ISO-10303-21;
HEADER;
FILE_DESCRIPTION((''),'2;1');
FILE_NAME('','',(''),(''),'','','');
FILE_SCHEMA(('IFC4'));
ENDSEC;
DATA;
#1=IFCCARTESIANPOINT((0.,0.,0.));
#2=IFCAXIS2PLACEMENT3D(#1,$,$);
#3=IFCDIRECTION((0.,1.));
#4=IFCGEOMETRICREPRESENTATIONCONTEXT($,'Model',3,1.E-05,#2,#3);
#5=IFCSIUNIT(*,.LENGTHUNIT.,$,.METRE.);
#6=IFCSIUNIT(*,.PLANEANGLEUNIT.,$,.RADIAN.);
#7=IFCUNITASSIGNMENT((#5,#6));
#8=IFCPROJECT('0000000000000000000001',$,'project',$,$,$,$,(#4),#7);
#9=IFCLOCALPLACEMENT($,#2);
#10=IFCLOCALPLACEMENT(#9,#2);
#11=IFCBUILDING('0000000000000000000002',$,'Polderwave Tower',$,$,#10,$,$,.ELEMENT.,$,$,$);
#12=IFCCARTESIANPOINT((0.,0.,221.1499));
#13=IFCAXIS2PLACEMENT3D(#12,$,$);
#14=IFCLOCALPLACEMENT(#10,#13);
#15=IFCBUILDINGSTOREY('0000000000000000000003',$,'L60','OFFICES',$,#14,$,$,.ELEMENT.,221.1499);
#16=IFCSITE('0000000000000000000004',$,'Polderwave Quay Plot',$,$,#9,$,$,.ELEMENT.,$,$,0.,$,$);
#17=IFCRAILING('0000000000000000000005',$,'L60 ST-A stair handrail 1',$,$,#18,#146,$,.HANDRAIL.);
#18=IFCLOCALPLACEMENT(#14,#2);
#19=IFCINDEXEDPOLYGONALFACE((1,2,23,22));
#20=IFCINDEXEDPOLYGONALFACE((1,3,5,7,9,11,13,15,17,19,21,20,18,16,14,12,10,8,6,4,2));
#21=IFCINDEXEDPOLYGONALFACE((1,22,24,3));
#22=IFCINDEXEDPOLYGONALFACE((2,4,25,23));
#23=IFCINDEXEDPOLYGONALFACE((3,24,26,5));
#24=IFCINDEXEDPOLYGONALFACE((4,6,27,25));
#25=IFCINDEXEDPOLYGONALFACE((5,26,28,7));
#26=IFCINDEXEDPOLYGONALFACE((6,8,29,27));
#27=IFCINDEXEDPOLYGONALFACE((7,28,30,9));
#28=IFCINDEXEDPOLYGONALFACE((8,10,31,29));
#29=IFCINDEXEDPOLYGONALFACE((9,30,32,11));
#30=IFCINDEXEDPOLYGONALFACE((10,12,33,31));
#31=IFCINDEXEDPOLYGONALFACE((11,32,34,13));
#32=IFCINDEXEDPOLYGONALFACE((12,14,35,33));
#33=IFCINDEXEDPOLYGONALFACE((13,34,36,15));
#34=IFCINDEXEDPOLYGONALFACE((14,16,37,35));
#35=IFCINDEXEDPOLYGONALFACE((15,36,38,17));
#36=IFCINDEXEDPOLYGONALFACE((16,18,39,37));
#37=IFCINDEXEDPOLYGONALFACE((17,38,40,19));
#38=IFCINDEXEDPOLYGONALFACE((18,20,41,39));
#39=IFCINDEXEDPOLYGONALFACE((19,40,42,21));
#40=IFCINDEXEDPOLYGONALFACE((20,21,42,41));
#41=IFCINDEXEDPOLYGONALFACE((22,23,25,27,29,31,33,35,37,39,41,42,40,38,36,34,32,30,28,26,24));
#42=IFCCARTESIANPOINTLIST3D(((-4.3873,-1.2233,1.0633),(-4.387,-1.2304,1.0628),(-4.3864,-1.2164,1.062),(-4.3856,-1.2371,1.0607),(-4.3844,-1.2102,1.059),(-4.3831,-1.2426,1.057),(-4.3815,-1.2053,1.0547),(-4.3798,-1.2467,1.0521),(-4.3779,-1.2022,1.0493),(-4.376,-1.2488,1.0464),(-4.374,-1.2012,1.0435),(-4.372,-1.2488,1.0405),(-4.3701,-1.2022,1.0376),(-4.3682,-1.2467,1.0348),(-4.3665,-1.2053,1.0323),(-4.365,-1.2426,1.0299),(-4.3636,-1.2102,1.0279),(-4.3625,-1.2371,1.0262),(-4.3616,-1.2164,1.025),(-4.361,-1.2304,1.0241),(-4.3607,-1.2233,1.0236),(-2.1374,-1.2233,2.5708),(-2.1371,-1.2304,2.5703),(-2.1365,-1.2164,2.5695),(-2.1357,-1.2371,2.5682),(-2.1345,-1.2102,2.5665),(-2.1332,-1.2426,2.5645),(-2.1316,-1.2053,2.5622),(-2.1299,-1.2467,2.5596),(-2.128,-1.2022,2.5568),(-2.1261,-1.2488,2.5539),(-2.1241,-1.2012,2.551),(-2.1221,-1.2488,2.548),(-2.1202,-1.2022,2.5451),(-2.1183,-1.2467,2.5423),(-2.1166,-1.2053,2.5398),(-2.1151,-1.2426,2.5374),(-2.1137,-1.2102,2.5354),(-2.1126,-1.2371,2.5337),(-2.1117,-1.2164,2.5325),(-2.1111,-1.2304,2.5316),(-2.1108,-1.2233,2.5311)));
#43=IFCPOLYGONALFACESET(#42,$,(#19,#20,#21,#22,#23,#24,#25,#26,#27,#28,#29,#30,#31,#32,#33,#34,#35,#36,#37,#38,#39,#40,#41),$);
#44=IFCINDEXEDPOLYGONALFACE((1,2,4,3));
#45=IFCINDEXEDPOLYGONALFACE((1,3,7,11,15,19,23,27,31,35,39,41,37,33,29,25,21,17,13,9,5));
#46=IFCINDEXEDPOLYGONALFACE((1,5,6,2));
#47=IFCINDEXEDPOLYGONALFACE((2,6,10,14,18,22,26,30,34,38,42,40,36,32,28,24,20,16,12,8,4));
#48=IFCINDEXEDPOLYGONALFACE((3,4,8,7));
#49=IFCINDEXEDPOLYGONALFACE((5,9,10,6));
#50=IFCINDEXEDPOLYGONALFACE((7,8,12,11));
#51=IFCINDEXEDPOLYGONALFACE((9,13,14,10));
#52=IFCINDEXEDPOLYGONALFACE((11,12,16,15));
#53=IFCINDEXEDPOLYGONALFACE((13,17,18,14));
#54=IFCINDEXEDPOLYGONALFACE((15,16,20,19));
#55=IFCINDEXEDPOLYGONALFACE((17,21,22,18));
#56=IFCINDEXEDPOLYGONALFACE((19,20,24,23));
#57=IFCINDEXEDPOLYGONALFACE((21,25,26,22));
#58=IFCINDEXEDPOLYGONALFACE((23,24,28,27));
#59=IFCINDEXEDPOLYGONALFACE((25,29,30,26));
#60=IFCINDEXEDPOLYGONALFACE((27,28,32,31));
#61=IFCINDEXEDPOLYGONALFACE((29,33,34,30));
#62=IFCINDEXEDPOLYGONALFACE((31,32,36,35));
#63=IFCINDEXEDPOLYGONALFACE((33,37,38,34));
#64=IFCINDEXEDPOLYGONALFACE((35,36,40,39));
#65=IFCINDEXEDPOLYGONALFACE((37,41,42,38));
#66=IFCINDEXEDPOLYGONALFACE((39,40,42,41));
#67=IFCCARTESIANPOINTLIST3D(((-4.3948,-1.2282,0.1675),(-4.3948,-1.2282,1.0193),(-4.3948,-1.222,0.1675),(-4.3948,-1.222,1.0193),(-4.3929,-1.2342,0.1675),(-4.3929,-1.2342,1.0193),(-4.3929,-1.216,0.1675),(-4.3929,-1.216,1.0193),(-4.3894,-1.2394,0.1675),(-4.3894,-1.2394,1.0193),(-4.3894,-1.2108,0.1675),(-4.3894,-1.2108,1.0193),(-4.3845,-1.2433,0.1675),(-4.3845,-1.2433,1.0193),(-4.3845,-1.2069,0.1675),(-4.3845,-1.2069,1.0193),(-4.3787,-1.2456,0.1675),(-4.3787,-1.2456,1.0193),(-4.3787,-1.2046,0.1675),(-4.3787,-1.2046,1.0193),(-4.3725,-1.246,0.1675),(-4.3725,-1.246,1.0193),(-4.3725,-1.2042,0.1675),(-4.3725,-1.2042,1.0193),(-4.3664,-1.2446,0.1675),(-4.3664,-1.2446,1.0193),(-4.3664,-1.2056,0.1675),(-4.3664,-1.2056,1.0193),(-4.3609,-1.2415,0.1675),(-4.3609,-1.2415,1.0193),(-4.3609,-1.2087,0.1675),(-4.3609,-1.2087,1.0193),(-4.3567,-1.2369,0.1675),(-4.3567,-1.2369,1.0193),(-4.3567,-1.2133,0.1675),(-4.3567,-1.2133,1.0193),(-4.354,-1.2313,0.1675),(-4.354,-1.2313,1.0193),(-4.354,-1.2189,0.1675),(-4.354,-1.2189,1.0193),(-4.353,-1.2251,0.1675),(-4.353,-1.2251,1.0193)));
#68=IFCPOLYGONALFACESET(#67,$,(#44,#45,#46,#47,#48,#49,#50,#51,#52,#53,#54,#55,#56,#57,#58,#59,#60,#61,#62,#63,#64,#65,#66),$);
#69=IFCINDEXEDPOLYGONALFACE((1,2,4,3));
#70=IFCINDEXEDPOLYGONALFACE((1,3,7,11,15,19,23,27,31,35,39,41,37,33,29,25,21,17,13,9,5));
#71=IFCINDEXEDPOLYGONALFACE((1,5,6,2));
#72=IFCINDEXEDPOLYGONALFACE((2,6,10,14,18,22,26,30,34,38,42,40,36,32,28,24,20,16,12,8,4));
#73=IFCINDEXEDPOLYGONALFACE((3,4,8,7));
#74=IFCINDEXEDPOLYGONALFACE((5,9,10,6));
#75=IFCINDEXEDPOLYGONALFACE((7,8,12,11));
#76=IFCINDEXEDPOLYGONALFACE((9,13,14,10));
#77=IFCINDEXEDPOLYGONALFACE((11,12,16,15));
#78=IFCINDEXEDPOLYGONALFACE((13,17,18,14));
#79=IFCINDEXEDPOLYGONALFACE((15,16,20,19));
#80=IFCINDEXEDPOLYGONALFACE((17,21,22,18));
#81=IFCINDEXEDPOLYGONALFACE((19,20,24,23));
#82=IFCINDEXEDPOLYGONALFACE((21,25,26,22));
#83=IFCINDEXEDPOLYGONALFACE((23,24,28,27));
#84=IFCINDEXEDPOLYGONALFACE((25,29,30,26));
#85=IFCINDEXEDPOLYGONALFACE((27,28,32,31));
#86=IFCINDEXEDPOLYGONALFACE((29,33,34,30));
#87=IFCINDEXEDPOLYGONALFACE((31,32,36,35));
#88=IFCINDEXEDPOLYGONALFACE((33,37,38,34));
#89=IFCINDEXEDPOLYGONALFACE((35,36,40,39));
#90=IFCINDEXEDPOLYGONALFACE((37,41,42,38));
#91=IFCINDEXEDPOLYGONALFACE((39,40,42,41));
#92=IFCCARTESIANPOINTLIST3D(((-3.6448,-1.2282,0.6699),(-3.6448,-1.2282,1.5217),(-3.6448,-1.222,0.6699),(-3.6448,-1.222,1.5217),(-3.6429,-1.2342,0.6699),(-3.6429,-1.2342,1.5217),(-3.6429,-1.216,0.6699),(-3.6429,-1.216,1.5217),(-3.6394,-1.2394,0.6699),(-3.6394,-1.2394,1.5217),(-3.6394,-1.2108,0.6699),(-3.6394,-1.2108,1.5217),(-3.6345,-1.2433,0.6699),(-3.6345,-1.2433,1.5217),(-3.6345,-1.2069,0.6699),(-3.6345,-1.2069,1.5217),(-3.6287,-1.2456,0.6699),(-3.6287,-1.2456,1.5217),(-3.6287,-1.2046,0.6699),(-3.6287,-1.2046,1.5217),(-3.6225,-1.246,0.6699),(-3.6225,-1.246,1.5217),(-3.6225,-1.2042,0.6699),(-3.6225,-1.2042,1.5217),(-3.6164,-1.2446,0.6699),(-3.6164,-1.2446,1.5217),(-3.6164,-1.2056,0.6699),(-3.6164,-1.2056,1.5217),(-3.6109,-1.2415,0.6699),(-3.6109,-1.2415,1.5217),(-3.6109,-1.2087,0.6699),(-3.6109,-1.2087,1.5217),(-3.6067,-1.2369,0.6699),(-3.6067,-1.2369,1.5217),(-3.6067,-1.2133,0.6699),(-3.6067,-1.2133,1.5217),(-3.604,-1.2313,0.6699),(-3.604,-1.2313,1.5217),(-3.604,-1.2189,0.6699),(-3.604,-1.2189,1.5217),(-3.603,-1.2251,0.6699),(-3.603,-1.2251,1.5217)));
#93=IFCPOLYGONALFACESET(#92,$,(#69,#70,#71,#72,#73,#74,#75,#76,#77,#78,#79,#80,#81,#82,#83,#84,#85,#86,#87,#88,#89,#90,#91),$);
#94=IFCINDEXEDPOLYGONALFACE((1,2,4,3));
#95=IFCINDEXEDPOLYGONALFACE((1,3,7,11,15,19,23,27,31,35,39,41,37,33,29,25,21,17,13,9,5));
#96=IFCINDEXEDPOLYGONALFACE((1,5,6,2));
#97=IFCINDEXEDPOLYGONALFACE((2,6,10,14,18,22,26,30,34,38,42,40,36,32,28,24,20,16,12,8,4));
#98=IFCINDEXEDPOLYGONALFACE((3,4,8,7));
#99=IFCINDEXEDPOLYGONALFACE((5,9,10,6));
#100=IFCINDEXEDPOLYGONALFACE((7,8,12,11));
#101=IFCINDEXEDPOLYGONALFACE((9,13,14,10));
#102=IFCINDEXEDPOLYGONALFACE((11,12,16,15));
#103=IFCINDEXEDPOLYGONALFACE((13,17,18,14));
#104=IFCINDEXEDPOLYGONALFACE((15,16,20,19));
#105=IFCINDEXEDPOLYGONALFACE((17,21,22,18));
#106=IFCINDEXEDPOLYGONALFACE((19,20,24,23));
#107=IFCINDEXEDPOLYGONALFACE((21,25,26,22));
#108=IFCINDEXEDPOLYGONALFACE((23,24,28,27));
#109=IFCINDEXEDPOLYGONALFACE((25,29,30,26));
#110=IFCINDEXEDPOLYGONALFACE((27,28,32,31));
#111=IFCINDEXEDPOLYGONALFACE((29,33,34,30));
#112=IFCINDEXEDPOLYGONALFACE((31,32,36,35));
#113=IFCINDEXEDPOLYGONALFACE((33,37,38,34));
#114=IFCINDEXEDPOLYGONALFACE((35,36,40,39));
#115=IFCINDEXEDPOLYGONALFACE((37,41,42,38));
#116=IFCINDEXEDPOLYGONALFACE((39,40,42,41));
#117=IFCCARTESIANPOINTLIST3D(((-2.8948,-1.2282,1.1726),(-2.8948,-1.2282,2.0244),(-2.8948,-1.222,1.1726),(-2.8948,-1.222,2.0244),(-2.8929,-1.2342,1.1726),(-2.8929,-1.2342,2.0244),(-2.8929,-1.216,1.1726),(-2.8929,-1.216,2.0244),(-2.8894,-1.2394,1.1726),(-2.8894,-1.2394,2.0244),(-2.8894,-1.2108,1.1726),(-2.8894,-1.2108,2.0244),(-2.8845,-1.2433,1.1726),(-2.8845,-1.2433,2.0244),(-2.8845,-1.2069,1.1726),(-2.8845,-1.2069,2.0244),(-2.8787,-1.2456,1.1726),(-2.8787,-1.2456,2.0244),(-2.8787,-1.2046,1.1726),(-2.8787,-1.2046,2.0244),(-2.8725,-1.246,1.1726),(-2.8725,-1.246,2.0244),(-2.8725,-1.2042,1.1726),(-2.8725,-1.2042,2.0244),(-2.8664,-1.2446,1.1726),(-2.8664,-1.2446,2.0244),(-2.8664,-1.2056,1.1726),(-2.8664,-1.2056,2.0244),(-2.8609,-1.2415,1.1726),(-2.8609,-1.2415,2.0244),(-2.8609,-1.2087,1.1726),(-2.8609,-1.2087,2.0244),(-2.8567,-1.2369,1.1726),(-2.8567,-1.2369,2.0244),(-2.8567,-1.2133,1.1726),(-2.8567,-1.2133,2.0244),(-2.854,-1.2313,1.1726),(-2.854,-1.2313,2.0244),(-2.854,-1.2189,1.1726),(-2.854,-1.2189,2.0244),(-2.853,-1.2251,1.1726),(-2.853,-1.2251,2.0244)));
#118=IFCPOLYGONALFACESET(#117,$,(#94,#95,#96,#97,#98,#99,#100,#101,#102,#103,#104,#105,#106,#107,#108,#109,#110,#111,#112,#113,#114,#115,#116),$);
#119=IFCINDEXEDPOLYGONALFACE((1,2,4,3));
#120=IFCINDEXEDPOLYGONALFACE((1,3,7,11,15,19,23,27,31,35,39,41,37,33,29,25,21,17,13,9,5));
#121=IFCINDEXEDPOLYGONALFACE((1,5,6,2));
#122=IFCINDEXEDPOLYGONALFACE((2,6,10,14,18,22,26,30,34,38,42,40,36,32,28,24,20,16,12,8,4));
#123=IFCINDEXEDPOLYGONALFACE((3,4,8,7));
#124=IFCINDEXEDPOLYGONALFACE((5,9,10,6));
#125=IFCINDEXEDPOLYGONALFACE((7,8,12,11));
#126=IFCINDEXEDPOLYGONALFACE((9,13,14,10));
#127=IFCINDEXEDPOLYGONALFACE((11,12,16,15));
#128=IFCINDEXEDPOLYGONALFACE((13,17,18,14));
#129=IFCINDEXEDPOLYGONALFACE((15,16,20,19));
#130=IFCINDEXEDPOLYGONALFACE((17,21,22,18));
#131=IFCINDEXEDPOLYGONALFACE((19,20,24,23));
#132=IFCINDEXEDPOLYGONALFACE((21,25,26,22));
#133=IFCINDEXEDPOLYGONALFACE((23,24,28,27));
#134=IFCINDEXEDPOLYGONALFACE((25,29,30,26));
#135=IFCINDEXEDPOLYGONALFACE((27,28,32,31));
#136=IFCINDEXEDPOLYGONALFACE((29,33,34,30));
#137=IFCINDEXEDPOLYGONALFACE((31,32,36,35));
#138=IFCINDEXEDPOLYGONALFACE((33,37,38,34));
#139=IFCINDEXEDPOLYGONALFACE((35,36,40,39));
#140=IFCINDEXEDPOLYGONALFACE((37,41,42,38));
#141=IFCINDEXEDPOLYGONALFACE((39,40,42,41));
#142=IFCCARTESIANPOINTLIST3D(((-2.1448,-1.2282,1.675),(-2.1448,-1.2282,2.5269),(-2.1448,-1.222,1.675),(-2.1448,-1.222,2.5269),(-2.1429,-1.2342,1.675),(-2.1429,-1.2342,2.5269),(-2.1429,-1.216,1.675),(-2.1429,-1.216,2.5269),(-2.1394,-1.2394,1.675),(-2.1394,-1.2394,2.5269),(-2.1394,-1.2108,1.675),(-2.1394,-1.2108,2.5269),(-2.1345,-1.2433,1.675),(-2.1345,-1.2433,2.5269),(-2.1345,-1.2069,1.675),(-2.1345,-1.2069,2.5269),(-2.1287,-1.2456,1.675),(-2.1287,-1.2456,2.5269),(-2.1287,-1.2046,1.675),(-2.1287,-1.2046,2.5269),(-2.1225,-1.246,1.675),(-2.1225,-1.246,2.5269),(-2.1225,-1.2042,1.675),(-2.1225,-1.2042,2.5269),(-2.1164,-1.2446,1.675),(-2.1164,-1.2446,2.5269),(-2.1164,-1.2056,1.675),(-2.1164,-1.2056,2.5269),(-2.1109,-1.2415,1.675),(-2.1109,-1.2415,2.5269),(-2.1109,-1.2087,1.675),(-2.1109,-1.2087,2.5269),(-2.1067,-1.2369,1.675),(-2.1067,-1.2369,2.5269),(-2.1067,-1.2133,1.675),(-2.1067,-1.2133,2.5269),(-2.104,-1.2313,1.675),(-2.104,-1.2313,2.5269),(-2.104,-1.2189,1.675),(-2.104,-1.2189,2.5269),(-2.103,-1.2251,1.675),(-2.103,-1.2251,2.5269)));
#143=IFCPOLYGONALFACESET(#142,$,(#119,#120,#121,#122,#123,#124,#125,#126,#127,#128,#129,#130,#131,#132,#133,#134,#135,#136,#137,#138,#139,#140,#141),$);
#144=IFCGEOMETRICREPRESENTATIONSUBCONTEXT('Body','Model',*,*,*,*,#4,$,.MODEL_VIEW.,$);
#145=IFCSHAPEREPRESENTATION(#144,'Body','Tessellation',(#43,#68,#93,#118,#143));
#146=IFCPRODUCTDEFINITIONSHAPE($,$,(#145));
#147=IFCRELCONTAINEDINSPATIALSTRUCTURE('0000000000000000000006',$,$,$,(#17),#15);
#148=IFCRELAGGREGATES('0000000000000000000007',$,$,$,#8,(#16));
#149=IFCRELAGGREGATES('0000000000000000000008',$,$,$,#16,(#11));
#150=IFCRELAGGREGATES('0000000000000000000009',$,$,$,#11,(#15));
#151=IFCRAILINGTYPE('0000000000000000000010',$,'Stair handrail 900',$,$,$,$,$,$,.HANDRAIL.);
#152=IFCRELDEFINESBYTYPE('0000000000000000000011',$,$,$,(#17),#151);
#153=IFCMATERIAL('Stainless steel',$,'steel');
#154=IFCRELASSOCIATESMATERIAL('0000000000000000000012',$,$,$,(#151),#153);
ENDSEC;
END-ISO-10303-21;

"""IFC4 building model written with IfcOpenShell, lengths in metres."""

from ifc_helpers import new_model, si_unit, direction, frame, origin, origin_2d, place, context, subcontext, project, spatial, circle, extrude, material, type_object, element, save


model = new_model("IFC4")

# Units and contexts
model_context = context("Model", 3, precision=1e-05, world=origin(), true_north=direction((0.0, 1.0)))
body_context = subcontext(model_context, "Body", "Model", "MODEL_VIEW")
ifc_project = project(units=[si_unit("LENGTHUNIT", "METRE"), si_unit("PLANEANGLEUNIT", "RADIAN")], contexts=[model_context])

# Site, building, storey
site_placement = place(None, origin())
site = spatial("IfcSite", under=ifc_project, at=site_placement, Name="Polderwave Quay Plot", CompositionType="ELEMENT", RefElevation=0.0)
building_placement = place(site_placement, origin())
building = spatial("IfcBuilding", under=site, at=building_placement, Name="Polderwave Tower", CompositionType="ELEMENT")
storey_placement = place(building_placement, frame((0.0, 0.0, 221.1499)))
storey = spatial("IfcBuildingStorey", under=building, at=storey_placement, Name="L60", Description="OFFICES", CompositionType="ELEMENT", Elevation=221.1499)

# Shared definitions
ifc_material_1 = material(Name="Stainless steel", Category="steel")

# Railing
railing_type_1 = type_object("IfcRailingType", Name="Stair handrail 900", PredefinedType="HANDRAIL", material=ifc_material_1)
railing_1_placement = place(storey_placement, frame((-4.374, -1.2251, 0.1675)))
element("IfcRailing", 1, at=railing_1_placement, inside=storey, type_object=railing_type_1, Name="L60 ST-A stair handrail 1", PredefinedType="HANDRAIL", context=body_context, shape_type="SweptSolid", body=[
    extrude(circle(Radius=0.0239, at=origin_2d()), frame((0.0, 0.0, 0.876), z_axis=(0.830758, 0.0, 0.556633), x_axis=(0.0, 1.0, 0.0)), (0.0, 0.0, 1.0), 2.7083),
    extrude(circle(Radius=0.021, at=origin_2d()), origin(), (0.0, 0.0, 1.0), 0.8518),
    extrude(circle(Radius=0.021, at=origin_2d()), frame((0.75, 0.0, 0.5024)), (0.0, 0.0, 1.0), 0.8518),
    extrude(circle(Radius=0.021, at=origin_2d()), frame((1.5, 0.0, 1.0051)), (0.0, 0.0, 1.0), 0.8518),
    extrude(circle(Radius=0.021, at=origin_2d()), frame((2.25, 0.0, 1.5076)), (0.0, 0.0, 1.0), 0.8518),
])

save(model, "model.ifc")
